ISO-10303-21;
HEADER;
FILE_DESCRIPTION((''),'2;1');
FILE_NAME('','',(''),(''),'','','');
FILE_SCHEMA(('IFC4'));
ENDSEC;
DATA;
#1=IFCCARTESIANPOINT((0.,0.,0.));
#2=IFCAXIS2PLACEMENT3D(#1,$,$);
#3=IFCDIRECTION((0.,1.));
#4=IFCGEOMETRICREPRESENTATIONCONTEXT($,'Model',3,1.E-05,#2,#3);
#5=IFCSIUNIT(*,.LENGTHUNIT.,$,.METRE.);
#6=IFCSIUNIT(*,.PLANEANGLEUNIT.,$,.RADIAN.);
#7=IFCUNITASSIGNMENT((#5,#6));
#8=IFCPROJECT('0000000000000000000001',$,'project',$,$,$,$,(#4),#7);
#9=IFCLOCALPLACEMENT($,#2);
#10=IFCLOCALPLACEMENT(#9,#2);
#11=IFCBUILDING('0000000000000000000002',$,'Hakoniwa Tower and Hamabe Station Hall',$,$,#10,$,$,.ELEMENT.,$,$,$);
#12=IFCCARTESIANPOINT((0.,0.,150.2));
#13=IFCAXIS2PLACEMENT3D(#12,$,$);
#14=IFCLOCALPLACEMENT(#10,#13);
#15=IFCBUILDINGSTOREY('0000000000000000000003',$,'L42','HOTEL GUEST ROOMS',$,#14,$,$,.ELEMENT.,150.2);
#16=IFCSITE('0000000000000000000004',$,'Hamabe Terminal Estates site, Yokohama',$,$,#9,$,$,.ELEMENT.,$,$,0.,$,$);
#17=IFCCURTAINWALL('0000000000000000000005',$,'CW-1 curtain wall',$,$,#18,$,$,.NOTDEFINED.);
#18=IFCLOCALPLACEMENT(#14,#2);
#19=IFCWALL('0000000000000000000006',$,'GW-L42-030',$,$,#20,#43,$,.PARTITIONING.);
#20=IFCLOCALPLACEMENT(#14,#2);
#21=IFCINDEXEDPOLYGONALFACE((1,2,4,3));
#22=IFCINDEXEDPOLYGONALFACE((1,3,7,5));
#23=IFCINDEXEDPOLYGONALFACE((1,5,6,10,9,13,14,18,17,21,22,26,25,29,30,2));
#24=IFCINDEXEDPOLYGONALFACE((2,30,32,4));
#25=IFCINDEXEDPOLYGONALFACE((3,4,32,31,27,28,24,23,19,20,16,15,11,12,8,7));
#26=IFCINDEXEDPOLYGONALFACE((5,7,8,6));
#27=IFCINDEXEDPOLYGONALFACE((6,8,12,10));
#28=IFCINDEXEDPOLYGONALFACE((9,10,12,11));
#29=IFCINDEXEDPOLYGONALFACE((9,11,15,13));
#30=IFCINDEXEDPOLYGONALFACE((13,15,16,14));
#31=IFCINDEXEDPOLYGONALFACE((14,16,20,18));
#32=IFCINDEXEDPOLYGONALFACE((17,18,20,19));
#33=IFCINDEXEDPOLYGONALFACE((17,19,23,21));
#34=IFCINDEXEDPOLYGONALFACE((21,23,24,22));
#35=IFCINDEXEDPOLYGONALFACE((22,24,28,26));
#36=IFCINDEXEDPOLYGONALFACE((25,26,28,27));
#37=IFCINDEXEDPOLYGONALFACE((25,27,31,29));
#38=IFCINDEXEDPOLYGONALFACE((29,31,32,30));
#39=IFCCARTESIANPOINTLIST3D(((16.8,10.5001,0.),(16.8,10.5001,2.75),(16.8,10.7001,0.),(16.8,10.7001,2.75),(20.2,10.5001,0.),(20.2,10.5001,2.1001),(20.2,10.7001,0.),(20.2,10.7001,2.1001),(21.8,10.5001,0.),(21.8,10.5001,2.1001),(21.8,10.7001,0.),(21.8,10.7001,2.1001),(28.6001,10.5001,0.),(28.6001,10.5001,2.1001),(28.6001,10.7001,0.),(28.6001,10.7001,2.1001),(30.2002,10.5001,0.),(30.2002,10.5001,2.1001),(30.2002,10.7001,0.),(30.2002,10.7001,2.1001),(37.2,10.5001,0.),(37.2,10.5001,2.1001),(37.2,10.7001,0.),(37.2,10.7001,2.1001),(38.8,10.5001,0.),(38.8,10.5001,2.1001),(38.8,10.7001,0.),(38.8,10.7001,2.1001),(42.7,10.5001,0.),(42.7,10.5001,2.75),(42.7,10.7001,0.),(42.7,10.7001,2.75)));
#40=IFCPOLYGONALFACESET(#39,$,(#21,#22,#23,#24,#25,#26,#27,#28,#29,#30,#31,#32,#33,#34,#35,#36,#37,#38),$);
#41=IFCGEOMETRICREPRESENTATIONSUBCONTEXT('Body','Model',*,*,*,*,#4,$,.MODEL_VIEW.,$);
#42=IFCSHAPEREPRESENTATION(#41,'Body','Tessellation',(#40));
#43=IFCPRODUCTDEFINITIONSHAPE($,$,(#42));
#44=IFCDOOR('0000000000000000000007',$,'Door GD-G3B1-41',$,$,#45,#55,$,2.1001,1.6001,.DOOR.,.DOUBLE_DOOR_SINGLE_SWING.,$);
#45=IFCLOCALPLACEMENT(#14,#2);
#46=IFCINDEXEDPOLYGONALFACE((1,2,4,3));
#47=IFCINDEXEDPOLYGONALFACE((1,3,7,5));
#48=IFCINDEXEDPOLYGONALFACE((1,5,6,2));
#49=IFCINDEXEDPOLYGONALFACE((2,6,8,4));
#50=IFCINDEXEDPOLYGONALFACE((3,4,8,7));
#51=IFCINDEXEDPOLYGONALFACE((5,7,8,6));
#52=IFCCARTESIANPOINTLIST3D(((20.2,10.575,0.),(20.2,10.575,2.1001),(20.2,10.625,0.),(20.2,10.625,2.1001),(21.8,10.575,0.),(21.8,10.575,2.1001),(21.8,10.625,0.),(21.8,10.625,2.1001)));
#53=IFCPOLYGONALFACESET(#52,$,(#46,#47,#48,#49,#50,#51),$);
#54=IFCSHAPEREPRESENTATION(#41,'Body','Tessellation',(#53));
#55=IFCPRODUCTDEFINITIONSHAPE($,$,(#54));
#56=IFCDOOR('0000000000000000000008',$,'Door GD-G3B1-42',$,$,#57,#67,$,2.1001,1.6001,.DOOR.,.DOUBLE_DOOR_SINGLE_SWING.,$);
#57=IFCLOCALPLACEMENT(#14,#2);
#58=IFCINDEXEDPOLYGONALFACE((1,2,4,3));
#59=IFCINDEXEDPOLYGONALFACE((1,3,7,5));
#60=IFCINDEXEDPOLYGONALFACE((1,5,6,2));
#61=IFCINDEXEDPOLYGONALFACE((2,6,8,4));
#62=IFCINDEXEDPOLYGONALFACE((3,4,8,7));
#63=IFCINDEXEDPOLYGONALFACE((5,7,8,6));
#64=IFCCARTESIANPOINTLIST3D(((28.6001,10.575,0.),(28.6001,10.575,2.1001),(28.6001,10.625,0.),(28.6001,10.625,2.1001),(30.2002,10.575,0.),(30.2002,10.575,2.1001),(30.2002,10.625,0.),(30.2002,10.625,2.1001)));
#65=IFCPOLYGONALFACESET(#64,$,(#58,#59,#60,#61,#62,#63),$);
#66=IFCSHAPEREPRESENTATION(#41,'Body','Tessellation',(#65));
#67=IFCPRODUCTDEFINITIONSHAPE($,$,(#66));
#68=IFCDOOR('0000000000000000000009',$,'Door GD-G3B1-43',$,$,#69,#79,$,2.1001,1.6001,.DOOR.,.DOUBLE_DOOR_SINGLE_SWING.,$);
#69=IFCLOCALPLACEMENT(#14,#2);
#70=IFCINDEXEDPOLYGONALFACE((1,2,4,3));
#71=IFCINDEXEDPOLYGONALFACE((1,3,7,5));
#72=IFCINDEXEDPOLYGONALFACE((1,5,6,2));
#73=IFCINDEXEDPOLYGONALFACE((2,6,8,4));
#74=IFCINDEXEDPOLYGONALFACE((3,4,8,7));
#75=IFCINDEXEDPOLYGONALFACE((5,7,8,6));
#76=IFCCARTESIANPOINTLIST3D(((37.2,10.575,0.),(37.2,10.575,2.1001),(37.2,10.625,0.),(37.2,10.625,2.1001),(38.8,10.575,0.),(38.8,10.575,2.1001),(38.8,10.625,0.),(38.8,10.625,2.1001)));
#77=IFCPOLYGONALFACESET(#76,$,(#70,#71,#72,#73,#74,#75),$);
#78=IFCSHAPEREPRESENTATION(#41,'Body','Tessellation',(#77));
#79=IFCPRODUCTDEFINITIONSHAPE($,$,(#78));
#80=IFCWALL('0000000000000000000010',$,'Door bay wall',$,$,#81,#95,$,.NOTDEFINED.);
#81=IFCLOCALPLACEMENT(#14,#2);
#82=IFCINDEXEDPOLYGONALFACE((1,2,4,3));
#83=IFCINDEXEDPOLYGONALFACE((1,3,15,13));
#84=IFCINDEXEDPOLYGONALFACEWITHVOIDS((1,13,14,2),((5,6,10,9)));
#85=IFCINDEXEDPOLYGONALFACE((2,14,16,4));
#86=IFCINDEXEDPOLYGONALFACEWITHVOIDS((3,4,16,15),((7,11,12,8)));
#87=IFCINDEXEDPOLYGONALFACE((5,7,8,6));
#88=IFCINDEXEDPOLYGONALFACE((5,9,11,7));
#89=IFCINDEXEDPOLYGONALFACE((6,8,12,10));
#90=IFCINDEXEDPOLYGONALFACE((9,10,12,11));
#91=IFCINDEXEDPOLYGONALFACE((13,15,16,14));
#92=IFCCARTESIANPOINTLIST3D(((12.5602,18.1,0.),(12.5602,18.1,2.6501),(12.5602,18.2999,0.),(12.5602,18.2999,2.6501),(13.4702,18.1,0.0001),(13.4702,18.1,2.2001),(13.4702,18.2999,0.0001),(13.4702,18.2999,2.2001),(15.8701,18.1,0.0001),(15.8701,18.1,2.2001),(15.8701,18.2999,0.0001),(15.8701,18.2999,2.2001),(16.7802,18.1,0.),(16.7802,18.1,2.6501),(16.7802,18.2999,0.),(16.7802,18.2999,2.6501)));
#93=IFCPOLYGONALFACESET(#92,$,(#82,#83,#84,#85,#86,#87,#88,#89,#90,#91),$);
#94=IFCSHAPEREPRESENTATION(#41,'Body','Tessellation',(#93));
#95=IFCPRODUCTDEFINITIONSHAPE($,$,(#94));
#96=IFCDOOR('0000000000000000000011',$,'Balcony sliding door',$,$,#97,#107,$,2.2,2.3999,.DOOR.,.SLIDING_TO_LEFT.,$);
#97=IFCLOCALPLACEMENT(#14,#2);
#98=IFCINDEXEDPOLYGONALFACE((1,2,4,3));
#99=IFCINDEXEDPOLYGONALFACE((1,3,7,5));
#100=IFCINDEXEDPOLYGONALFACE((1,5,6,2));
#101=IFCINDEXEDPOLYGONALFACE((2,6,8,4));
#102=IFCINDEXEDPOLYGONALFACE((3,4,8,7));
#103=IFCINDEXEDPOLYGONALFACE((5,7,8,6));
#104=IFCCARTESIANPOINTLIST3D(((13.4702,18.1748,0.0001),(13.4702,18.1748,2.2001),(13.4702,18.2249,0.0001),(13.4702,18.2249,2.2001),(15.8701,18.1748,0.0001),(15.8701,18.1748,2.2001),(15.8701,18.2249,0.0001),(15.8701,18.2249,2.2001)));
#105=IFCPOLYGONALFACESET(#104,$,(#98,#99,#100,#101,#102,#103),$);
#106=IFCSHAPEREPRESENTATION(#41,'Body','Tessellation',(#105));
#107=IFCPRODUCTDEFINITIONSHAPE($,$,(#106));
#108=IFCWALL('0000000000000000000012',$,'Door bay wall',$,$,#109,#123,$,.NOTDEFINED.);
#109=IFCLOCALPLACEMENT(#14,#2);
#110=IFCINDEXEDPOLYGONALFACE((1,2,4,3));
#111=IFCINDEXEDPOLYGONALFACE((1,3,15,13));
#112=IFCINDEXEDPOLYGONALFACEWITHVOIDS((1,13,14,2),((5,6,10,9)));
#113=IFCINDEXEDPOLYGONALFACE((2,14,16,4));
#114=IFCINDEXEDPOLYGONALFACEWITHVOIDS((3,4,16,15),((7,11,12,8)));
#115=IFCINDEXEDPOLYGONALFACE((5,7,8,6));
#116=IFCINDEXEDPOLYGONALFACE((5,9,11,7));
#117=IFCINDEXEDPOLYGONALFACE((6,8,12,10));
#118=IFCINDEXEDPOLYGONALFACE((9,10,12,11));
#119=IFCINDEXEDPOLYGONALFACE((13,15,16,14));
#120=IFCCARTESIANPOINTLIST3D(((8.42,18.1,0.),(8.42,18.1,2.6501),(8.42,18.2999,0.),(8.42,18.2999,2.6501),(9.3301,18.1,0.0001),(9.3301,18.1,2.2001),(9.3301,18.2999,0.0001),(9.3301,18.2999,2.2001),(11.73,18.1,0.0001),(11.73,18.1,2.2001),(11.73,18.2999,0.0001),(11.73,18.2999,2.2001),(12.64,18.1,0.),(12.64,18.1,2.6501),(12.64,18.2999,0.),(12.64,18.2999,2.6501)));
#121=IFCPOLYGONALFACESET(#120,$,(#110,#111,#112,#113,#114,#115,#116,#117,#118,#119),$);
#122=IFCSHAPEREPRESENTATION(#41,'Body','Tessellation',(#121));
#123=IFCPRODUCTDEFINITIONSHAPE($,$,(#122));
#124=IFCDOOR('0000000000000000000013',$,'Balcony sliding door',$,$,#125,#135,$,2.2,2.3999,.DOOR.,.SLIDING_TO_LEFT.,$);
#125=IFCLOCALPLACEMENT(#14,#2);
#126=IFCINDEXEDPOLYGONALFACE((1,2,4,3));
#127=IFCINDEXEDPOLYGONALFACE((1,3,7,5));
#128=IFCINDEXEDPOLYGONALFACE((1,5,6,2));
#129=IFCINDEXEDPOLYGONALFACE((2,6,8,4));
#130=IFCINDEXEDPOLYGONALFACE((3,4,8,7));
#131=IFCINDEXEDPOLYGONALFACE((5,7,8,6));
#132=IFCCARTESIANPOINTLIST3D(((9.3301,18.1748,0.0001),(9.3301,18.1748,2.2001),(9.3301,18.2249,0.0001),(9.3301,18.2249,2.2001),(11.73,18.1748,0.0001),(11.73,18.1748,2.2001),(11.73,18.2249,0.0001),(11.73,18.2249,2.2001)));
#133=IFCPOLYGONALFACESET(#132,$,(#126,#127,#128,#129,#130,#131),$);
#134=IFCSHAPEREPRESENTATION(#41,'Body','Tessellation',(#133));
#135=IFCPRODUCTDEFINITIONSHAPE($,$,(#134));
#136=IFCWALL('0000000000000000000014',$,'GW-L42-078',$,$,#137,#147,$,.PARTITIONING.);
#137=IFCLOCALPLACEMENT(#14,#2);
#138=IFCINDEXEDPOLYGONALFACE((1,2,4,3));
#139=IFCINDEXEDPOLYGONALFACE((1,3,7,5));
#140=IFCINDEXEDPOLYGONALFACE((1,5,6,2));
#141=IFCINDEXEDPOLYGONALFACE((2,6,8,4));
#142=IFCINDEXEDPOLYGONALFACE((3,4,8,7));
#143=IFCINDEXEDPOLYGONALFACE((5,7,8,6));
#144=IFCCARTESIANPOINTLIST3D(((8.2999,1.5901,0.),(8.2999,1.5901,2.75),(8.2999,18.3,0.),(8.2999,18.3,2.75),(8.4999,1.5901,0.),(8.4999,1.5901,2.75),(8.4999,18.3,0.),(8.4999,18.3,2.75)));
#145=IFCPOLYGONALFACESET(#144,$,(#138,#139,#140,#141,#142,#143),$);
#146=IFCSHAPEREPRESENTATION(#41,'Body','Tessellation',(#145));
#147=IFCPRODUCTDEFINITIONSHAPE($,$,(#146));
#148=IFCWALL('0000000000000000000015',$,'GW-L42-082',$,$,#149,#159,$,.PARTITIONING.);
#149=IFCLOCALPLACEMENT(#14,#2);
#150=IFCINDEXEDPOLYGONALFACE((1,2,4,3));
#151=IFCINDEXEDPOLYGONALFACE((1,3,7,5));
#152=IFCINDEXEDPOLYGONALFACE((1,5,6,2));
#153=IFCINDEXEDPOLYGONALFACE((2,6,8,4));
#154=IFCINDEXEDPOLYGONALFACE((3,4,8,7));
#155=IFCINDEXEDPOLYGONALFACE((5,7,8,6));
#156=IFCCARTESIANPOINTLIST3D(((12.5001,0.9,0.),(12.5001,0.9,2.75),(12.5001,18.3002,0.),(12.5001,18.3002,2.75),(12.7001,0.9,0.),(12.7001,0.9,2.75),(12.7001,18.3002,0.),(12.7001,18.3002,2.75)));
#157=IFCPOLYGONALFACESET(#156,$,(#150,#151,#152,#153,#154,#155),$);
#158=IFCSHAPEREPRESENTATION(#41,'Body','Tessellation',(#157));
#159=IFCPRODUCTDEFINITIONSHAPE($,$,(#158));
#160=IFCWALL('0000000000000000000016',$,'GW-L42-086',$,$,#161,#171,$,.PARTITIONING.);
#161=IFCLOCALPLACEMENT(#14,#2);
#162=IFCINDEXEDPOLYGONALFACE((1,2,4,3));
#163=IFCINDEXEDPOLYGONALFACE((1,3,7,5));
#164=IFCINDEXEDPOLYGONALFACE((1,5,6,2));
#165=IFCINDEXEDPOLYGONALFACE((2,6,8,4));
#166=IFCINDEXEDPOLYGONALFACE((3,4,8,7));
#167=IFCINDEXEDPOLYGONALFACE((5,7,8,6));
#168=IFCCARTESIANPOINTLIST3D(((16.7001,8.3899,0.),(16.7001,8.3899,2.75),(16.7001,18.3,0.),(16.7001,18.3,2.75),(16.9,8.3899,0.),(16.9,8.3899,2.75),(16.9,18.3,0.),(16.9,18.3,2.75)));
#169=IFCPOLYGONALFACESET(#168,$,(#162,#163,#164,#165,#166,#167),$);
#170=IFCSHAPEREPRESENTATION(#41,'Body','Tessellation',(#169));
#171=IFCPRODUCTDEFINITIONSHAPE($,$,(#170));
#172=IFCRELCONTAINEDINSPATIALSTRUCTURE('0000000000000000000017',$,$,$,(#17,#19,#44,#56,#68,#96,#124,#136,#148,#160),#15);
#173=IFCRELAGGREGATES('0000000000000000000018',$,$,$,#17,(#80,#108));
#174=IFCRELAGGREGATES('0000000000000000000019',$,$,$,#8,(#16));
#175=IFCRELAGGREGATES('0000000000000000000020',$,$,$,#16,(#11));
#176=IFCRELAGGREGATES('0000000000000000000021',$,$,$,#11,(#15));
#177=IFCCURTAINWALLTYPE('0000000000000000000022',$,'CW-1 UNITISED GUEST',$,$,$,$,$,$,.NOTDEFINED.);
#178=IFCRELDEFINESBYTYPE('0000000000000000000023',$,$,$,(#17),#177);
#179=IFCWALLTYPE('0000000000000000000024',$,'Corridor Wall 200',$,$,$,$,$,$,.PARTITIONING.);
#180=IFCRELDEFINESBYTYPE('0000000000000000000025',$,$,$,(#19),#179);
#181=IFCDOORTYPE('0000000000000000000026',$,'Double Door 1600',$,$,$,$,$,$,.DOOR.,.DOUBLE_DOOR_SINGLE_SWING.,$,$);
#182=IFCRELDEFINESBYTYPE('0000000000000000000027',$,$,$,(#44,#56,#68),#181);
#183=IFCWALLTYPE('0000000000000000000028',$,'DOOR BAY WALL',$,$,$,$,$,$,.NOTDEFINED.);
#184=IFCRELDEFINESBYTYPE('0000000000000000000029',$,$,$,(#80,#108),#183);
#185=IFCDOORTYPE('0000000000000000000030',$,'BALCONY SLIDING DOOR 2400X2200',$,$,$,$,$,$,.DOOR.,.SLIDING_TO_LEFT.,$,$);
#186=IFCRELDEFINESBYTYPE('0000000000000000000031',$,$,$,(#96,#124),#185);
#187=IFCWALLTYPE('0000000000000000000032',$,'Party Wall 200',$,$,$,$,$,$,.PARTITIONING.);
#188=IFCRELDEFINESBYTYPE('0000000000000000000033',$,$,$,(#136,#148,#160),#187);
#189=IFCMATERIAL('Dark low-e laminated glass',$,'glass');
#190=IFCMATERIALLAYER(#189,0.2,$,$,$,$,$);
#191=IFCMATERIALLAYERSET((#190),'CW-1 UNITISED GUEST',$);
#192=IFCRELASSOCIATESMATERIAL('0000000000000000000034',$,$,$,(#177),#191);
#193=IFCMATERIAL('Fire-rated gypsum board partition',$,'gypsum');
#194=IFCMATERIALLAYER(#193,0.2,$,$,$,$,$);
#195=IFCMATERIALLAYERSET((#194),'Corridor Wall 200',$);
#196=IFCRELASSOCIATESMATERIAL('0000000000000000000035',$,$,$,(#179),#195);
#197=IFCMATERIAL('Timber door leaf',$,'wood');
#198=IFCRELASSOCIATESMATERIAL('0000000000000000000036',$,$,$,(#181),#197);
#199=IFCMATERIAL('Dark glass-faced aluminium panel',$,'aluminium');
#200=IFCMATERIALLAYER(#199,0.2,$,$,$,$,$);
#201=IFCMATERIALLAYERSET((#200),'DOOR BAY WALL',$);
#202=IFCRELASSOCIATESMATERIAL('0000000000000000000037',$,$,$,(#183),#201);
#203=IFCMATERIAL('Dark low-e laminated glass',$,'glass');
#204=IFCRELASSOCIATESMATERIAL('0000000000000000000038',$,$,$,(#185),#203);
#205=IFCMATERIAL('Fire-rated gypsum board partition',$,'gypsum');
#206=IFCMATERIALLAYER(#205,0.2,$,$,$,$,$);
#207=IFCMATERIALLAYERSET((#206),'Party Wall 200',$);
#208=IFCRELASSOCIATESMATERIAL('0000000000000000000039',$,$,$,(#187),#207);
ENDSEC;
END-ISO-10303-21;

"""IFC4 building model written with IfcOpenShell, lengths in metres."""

from ifc_helpers import new_model, si_unit, direction, frame, frame_2d, origin, place, context, subcontext, project, spatial, rectangle, extrude, material, layer, layer_set, type_object, element, fill, aggregate, save


model = new_model("IFC4")

# Units and contexts
model_context = context("Model", 3, precision=1e-05, world=origin(), true_north=direction((0.0, 1.0)))
body_context = subcontext(model_context, "Body", "Model", "MODEL_VIEW")
ifc_project = project(units=[si_unit("LENGTHUNIT", "METRE"), si_unit("PLANEANGLEUNIT", "RADIAN")], contexts=[model_context])

# Site, building, storey
site_placement = place(None, origin())
site = spatial("IfcSite", under=ifc_project, at=site_placement, Name="Hamabe Terminal Estates site, Yokohama", CompositionType="ELEMENT", RefElevation=0.0)
building_placement = place(site_placement, origin())
building = spatial("IfcBuilding", under=site, at=building_placement, Name="Hakoniwa Tower and Hamabe Station Hall", CompositionType="ELEMENT")
storey_placement = place(building_placement, frame((0.0, 0.0, 150.2)))
storey = spatial("IfcBuildingStorey", under=building, at=storey_placement, Name="L42", Description="HOTEL GUEST ROOMS", CompositionType="ELEMENT", Elevation=150.2)

# Curtain wall
ifc_material_1 = material(Name="Dark low-e laminated glass", Category="glass")
ifc_layer_1 = layer(ifc_material_1, 0.2)
ifc_layer_set_1 = layer_set([ifc_layer_1], Name="CW-1 UNITISED GUEST")
curtain_wall_type = type_object("IfcCurtainWallType", Name="CW-1 UNITISED GUEST", PredefinedType="NOTDEFINED", material=ifc_layer_set_1)
curtain_wall_placement = place(storey_placement, origin())
curtain_wall = element("IfcCurtainWall", 1, at=curtain_wall_placement, inside=storey, type_object=curtain_wall_type, Name="CW-1 curtain wall", PredefinedType="NOTDEFINED")

# Wall, openings, doors
ifc_material_2 = material(Name="Fire-rated gypsum board partition", Category="gypsum")
ifc_layer_2 = layer(ifc_material_2, 0.2)
ifc_layer_set_2 = layer_set([ifc_layer_2], Name="Corridor Wall 200")
wall_type_1 = type_object("IfcWallType", Name="Corridor Wall 200", PredefinedType="PARTITIONING", material=ifc_layer_set_2)
wall_1_placement = place(storey_placement, frame((16.8, 10.6001, 0.0), z_axis=(0.0, 0.0, 1.0), x_axis=(1.0, 0.0, 0.0)))
wall_1 = element("IfcWall", 2, at=wall_1_placement, inside=storey, type_object=wall_type_1, Name="GW-L42-030", PredefinedType="PARTITIONING", context=body_context, shape_type="SweptSolid", body=[
    extrude(rectangle(XDim=25.8999, YDim=0.2, at=frame_2d((12.95, 0.0))), origin(), (0.0, 0.0, 1.0), 2.75),
])
opening_1_placement = place(wall_1_placement, frame((3.3999, 0.0, 0.0)))
opening_1 = element("IfcOpeningElement", 3, at=opening_1_placement, cuts=wall_1, PredefinedType="OPENING", context=body_context, shape_type="SweptSolid", body=[
    extrude(rectangle(XDim=1.6001, YDim=2.1001, at=frame_2d((0.8, 1.05))), frame((0.0, 0.1099, 0.0), z_axis=(0.0, -1.0, 0.0), x_axis=(1.0, 0.0, 0.0)), (0.0, 0.0, 1.0), 0.22),
])
opening_2_placement = place(wall_1_placement, frame((11.8, 0.0, 0.0)))
opening_2 = element("IfcOpeningElement", 4, at=opening_2_placement, cuts=wall_1, PredefinedType="OPENING", context=body_context, shape_type="SweptSolid", body=[
    extrude(rectangle(XDim=1.6001, YDim=2.1001, at=frame_2d((0.8, 1.05))), frame((0.0, 0.1099, 0.0), z_axis=(0.0, -1.0, 0.0), x_axis=(1.0, 0.0, 0.0)), (0.0, 0.0, 1.0), 0.22),
])
opening_3_placement = place(wall_1_placement, frame((20.3999, 0.0, 0.0)))
opening_3 = element("IfcOpeningElement", 5, at=opening_3_placement, cuts=wall_1, PredefinedType="OPENING", context=body_context, shape_type="SweptSolid", body=[
    extrude(rectangle(XDim=1.6001, YDim=2.1001, at=frame_2d((0.8, 1.05))), frame((0.0, 0.1099, 0.0), z_axis=(0.0, -1.0, 0.0), x_axis=(1.0, 0.0, 0.0)), (0.0, 0.0, 1.0), 0.22),
])
ifc_material_3 = material(Name="Timber door leaf", Category="wood")
door_type_1 = type_object("IfcDoorType", Name="Double Door 1600", OperationType="DOUBLE_DOOR_SINGLE_SWING", PredefinedType="DOOR", material=ifc_material_3)
door_1_placement = place(opening_1_placement, origin())
door_1 = element("IfcDoor", 6, at=door_1_placement, inside=storey, type_object=door_type_1, Name="Door GD-G3B1-41", OperationType="DOUBLE_DOOR_SINGLE_SWING", OverallHeight=2.1001, OverallWidth=1.6001, PredefinedType="DOOR", context=body_context, shape_type="SweptSolid", body=[
    extrude(rectangle(XDim=1.6001, YDim=2.1001, at=frame_2d((0.8, 1.05))), frame((0.0, 0.0249, 0.0), z_axis=(0.0, -1.0, 0.0), x_axis=(1.0, 0.0, 0.0)), (0.0, 0.0, 1.0), 0.05),
])
fill(opening_1, door_1)
door_2_placement = place(opening_2_placement, origin())
door_2 = element("IfcDoor", 7, at=door_2_placement, inside=storey, type_object=door_type_1, Name="Door GD-G3B1-42", OperationType="DOUBLE_DOOR_SINGLE_SWING", OverallHeight=2.1001, OverallWidth=1.6001, PredefinedType="DOOR", context=body_context, shape_type="SweptSolid", body=[
    extrude(rectangle(XDim=1.6001, YDim=2.1001, at=frame_2d((0.8, 1.05))), frame((0.0, 0.0249, 0.0), z_axis=(0.0, -1.0, 0.0), x_axis=(1.0, 0.0, 0.0)), (0.0, 0.0, 1.0), 0.05),
])
fill(opening_2, door_2)
door_3_placement = place(opening_3_placement, origin())
door_3 = element("IfcDoor", 8, at=door_3_placement, inside=storey, type_object=door_type_1, Name="Door GD-G3B1-43", OperationType="DOUBLE_DOOR_SINGLE_SWING", OverallHeight=2.1001, OverallWidth=1.6001, PredefinedType="DOOR", context=body_context, shape_type="SweptSolid", body=[
    extrude(rectangle(XDim=1.6001, YDim=2.1001, at=frame_2d((0.8, 1.05))), frame((0.0, 0.0249, 0.0), z_axis=(0.0, -1.0, 0.0), x_axis=(1.0, 0.0, 0.0)), (0.0, 0.0, 1.0), 0.05),
])
fill(opening_3, door_3)

# Walls, openings, doors
ifc_material_4 = material(Name="Dark glass-faced aluminium panel", Category="aluminium")
ifc_layer_3 = layer(ifc_material_4, 0.2)
ifc_layer_set_3 = layer_set([ifc_layer_3], Name="DOOR BAY WALL")
wall_type_2 = type_object("IfcWallType", Name="DOOR BAY WALL", PredefinedType="NOTDEFINED", material=ifc_layer_set_3)
wall_2_placement = place(storey_placement, frame((16.78, 18.2, 0.0), z_axis=(0.0, 0.0, 1.0), x_axis=(-1.0, 0.0, 0.0)))
wall_2 = element("IfcWall", 9, at=wall_2_placement, type_object=wall_type_2, Name="Door bay wall", PredefinedType="NOTDEFINED", context=body_context, shape_type="SweptSolid", body=[
    extrude(rectangle(XDim=4.22, YDim=0.2, at=frame_2d((2.1099, 0.0))), origin(), (0.0, 0.0, 1.0), 2.6501),
])
opening_4_placement = place(wall_2_placement, frame((0.9099, 0.0, 0.0)))
opening_4 = element("IfcOpeningElement", 10, at=opening_4_placement, cuts=wall_2, PredefinedType="OPENING", context=body_context, shape_type="SweptSolid", body=[
    extrude(rectangle(XDim=2.3999, YDim=2.2, at=frame_2d((1.2, 1.1001))), frame((0.0, 0.1099, 0.0), z_axis=(0.0, -1.0, 0.0), x_axis=(1.0, 0.0, 0.0)), (0.0, 0.0, 1.0), 0.22),
])
ifc_material_5 = material(Name="Dark low-e laminated glass", Category="glass")
door_type_2 = type_object("IfcDoorType", Name="BALCONY SLIDING DOOR 2400X2200", OperationType="SLIDING_TO_LEFT", PredefinedType="DOOR", material=ifc_material_5)
door_4_placement = place(opening_4_placement, frame((2.3999, 0.0, 0.0), z_axis=(0.0, 0.0, 1.0), x_axis=(-1.0, 0.0, 0.0)))
door_4 = element("IfcDoor", 11, at=door_4_placement, inside=storey, type_object=door_type_2, Name="Balcony sliding door", OperationType="SLIDING_TO_LEFT", OverallHeight=2.2, OverallWidth=2.3999, PredefinedType="DOOR", context=body_context, shape_type="SweptSolid", body=[
    extrude(rectangle(XDim=2.3999, YDim=2.2, at=frame_2d((1.2, 1.1001))), frame((0.0, 0.0249, 0.0), z_axis=(0.0, -1.0, 0.0), x_axis=(1.0, 0.0, 0.0)), (0.0, 0.0, 1.0), 0.05),
])
fill(opening_4, door_4)
wall_3_placement = place(storey_placement, frame((12.6399, 18.2, 0.0), z_axis=(0.0, 0.0, 1.0), x_axis=(-1.0, 0.0, 0.0)))
wall_3 = element("IfcWall", 12, at=wall_3_placement, type_object=wall_type_2, Name="Door bay wall", PredefinedType="NOTDEFINED", context=body_context, shape_type="SweptSolid", body=[
    extrude(rectangle(XDim=4.22, YDim=0.2, at=frame_2d((2.1099, 0.0))), origin(), (0.0, 0.0, 1.0), 2.6501),
])
opening_5_placement = place(wall_3_placement, frame((0.9099, 0.0, 0.0)))
opening_5 = element("IfcOpeningElement", 13, at=opening_5_placement, cuts=wall_3, PredefinedType="OPENING", context=body_context, shape_type="SweptSolid", body=[
    extrude(rectangle(XDim=2.3999, YDim=2.2, at=frame_2d((1.2, 1.1001))), frame((0.0, 0.1099, 0.0), z_axis=(0.0, -1.0, 0.0), x_axis=(1.0, 0.0, 0.0)), (0.0, 0.0, 1.0), 0.22),
])
door_5_placement = place(opening_5_placement, frame((2.3999, 0.0, 0.0), z_axis=(0.0, 0.0, 1.0), x_axis=(-1.0, 0.0, 0.0)))
door_5 = element("IfcDoor", 14, at=door_5_placement, inside=storey, type_object=door_type_2, Name="Balcony sliding door", OperationType="SLIDING_TO_LEFT", OverallHeight=2.2, OverallWidth=2.3999, PredefinedType="DOOR", context=body_context, shape_type="SweptSolid", body=[
    extrude(rectangle(XDim=2.3999, YDim=2.2, at=frame_2d((1.2, 1.1001))), frame((0.0, 0.0249, 0.0), z_axis=(0.0, -1.0, 0.0), x_axis=(1.0, 0.0, 0.0)), (0.0, 0.0, 1.0), 0.05),
])
fill(opening_5, door_5)
aggregate(curtain_wall, [wall_2, wall_3])

# Walls
ifc_material_6 = material(Name="Fire-rated gypsum board partition", Category="gypsum")
ifc_layer_4 = layer(ifc_material_6, 0.2)
ifc_layer_set_4 = layer_set([ifc_layer_4], Name="Party Wall 200")
wall_type_3 = type_object("IfcWallType", Name="Party Wall 200", PredefinedType="PARTITIONING", material=ifc_layer_set_4)
wall_4_placement = place(storey_placement, frame((8.3999, 1.5901, 0.0), z_axis=(0.0, 0.0, 1.0), x_axis=(0.0, 1.0, 0.0)))
element("IfcWall", 15, at=wall_4_placement, inside=storey, type_object=wall_type_3, Name="GW-L42-078", PredefinedType="PARTITIONING", context=body_context, shape_type="SweptSolid", body=[
    extrude(rectangle(XDim=16.71, YDim=0.2, at=frame_2d((8.355, 0.0))), origin(), (0.0, 0.0, 1.0), 2.75),
])
wall_5_placement = place(storey_placement, frame((12.6001, 0.8999, 0.0), z_axis=(0.0, 0.0, 1.0), x_axis=(0.0, 1.0, 0.0)))
element("IfcWall", 16, at=wall_5_placement, inside=storey, type_object=wall_type_3, Name="GW-L42-082", PredefinedType="PARTITIONING", context=body_context, shape_type="SweptSolid", body=[
    extrude(rectangle(XDim=17.4001, YDim=0.2, at=frame_2d((8.7002, 0.0))), origin(), (0.0, 0.0, 1.0), 2.75),
])
wall_6_placement = place(storey_placement, frame((16.8, 8.3899, 0.0), z_axis=(0.0, 0.0, 1.0), x_axis=(0.0, 1.0, 0.0)))
element("IfcWall", 17, at=wall_6_placement, inside=storey, type_object=wall_type_3, Name="GW-L42-086", PredefinedType="PARTITIONING", context=body_context, shape_type="SweptSolid", body=[
    extrude(rectangle(XDim=9.9102, YDim=0.2, at=frame_2d((4.9551, 0.0))), origin(), (0.0, 0.0, 1.0), 2.75),
])

save(model, "model.ifc")
